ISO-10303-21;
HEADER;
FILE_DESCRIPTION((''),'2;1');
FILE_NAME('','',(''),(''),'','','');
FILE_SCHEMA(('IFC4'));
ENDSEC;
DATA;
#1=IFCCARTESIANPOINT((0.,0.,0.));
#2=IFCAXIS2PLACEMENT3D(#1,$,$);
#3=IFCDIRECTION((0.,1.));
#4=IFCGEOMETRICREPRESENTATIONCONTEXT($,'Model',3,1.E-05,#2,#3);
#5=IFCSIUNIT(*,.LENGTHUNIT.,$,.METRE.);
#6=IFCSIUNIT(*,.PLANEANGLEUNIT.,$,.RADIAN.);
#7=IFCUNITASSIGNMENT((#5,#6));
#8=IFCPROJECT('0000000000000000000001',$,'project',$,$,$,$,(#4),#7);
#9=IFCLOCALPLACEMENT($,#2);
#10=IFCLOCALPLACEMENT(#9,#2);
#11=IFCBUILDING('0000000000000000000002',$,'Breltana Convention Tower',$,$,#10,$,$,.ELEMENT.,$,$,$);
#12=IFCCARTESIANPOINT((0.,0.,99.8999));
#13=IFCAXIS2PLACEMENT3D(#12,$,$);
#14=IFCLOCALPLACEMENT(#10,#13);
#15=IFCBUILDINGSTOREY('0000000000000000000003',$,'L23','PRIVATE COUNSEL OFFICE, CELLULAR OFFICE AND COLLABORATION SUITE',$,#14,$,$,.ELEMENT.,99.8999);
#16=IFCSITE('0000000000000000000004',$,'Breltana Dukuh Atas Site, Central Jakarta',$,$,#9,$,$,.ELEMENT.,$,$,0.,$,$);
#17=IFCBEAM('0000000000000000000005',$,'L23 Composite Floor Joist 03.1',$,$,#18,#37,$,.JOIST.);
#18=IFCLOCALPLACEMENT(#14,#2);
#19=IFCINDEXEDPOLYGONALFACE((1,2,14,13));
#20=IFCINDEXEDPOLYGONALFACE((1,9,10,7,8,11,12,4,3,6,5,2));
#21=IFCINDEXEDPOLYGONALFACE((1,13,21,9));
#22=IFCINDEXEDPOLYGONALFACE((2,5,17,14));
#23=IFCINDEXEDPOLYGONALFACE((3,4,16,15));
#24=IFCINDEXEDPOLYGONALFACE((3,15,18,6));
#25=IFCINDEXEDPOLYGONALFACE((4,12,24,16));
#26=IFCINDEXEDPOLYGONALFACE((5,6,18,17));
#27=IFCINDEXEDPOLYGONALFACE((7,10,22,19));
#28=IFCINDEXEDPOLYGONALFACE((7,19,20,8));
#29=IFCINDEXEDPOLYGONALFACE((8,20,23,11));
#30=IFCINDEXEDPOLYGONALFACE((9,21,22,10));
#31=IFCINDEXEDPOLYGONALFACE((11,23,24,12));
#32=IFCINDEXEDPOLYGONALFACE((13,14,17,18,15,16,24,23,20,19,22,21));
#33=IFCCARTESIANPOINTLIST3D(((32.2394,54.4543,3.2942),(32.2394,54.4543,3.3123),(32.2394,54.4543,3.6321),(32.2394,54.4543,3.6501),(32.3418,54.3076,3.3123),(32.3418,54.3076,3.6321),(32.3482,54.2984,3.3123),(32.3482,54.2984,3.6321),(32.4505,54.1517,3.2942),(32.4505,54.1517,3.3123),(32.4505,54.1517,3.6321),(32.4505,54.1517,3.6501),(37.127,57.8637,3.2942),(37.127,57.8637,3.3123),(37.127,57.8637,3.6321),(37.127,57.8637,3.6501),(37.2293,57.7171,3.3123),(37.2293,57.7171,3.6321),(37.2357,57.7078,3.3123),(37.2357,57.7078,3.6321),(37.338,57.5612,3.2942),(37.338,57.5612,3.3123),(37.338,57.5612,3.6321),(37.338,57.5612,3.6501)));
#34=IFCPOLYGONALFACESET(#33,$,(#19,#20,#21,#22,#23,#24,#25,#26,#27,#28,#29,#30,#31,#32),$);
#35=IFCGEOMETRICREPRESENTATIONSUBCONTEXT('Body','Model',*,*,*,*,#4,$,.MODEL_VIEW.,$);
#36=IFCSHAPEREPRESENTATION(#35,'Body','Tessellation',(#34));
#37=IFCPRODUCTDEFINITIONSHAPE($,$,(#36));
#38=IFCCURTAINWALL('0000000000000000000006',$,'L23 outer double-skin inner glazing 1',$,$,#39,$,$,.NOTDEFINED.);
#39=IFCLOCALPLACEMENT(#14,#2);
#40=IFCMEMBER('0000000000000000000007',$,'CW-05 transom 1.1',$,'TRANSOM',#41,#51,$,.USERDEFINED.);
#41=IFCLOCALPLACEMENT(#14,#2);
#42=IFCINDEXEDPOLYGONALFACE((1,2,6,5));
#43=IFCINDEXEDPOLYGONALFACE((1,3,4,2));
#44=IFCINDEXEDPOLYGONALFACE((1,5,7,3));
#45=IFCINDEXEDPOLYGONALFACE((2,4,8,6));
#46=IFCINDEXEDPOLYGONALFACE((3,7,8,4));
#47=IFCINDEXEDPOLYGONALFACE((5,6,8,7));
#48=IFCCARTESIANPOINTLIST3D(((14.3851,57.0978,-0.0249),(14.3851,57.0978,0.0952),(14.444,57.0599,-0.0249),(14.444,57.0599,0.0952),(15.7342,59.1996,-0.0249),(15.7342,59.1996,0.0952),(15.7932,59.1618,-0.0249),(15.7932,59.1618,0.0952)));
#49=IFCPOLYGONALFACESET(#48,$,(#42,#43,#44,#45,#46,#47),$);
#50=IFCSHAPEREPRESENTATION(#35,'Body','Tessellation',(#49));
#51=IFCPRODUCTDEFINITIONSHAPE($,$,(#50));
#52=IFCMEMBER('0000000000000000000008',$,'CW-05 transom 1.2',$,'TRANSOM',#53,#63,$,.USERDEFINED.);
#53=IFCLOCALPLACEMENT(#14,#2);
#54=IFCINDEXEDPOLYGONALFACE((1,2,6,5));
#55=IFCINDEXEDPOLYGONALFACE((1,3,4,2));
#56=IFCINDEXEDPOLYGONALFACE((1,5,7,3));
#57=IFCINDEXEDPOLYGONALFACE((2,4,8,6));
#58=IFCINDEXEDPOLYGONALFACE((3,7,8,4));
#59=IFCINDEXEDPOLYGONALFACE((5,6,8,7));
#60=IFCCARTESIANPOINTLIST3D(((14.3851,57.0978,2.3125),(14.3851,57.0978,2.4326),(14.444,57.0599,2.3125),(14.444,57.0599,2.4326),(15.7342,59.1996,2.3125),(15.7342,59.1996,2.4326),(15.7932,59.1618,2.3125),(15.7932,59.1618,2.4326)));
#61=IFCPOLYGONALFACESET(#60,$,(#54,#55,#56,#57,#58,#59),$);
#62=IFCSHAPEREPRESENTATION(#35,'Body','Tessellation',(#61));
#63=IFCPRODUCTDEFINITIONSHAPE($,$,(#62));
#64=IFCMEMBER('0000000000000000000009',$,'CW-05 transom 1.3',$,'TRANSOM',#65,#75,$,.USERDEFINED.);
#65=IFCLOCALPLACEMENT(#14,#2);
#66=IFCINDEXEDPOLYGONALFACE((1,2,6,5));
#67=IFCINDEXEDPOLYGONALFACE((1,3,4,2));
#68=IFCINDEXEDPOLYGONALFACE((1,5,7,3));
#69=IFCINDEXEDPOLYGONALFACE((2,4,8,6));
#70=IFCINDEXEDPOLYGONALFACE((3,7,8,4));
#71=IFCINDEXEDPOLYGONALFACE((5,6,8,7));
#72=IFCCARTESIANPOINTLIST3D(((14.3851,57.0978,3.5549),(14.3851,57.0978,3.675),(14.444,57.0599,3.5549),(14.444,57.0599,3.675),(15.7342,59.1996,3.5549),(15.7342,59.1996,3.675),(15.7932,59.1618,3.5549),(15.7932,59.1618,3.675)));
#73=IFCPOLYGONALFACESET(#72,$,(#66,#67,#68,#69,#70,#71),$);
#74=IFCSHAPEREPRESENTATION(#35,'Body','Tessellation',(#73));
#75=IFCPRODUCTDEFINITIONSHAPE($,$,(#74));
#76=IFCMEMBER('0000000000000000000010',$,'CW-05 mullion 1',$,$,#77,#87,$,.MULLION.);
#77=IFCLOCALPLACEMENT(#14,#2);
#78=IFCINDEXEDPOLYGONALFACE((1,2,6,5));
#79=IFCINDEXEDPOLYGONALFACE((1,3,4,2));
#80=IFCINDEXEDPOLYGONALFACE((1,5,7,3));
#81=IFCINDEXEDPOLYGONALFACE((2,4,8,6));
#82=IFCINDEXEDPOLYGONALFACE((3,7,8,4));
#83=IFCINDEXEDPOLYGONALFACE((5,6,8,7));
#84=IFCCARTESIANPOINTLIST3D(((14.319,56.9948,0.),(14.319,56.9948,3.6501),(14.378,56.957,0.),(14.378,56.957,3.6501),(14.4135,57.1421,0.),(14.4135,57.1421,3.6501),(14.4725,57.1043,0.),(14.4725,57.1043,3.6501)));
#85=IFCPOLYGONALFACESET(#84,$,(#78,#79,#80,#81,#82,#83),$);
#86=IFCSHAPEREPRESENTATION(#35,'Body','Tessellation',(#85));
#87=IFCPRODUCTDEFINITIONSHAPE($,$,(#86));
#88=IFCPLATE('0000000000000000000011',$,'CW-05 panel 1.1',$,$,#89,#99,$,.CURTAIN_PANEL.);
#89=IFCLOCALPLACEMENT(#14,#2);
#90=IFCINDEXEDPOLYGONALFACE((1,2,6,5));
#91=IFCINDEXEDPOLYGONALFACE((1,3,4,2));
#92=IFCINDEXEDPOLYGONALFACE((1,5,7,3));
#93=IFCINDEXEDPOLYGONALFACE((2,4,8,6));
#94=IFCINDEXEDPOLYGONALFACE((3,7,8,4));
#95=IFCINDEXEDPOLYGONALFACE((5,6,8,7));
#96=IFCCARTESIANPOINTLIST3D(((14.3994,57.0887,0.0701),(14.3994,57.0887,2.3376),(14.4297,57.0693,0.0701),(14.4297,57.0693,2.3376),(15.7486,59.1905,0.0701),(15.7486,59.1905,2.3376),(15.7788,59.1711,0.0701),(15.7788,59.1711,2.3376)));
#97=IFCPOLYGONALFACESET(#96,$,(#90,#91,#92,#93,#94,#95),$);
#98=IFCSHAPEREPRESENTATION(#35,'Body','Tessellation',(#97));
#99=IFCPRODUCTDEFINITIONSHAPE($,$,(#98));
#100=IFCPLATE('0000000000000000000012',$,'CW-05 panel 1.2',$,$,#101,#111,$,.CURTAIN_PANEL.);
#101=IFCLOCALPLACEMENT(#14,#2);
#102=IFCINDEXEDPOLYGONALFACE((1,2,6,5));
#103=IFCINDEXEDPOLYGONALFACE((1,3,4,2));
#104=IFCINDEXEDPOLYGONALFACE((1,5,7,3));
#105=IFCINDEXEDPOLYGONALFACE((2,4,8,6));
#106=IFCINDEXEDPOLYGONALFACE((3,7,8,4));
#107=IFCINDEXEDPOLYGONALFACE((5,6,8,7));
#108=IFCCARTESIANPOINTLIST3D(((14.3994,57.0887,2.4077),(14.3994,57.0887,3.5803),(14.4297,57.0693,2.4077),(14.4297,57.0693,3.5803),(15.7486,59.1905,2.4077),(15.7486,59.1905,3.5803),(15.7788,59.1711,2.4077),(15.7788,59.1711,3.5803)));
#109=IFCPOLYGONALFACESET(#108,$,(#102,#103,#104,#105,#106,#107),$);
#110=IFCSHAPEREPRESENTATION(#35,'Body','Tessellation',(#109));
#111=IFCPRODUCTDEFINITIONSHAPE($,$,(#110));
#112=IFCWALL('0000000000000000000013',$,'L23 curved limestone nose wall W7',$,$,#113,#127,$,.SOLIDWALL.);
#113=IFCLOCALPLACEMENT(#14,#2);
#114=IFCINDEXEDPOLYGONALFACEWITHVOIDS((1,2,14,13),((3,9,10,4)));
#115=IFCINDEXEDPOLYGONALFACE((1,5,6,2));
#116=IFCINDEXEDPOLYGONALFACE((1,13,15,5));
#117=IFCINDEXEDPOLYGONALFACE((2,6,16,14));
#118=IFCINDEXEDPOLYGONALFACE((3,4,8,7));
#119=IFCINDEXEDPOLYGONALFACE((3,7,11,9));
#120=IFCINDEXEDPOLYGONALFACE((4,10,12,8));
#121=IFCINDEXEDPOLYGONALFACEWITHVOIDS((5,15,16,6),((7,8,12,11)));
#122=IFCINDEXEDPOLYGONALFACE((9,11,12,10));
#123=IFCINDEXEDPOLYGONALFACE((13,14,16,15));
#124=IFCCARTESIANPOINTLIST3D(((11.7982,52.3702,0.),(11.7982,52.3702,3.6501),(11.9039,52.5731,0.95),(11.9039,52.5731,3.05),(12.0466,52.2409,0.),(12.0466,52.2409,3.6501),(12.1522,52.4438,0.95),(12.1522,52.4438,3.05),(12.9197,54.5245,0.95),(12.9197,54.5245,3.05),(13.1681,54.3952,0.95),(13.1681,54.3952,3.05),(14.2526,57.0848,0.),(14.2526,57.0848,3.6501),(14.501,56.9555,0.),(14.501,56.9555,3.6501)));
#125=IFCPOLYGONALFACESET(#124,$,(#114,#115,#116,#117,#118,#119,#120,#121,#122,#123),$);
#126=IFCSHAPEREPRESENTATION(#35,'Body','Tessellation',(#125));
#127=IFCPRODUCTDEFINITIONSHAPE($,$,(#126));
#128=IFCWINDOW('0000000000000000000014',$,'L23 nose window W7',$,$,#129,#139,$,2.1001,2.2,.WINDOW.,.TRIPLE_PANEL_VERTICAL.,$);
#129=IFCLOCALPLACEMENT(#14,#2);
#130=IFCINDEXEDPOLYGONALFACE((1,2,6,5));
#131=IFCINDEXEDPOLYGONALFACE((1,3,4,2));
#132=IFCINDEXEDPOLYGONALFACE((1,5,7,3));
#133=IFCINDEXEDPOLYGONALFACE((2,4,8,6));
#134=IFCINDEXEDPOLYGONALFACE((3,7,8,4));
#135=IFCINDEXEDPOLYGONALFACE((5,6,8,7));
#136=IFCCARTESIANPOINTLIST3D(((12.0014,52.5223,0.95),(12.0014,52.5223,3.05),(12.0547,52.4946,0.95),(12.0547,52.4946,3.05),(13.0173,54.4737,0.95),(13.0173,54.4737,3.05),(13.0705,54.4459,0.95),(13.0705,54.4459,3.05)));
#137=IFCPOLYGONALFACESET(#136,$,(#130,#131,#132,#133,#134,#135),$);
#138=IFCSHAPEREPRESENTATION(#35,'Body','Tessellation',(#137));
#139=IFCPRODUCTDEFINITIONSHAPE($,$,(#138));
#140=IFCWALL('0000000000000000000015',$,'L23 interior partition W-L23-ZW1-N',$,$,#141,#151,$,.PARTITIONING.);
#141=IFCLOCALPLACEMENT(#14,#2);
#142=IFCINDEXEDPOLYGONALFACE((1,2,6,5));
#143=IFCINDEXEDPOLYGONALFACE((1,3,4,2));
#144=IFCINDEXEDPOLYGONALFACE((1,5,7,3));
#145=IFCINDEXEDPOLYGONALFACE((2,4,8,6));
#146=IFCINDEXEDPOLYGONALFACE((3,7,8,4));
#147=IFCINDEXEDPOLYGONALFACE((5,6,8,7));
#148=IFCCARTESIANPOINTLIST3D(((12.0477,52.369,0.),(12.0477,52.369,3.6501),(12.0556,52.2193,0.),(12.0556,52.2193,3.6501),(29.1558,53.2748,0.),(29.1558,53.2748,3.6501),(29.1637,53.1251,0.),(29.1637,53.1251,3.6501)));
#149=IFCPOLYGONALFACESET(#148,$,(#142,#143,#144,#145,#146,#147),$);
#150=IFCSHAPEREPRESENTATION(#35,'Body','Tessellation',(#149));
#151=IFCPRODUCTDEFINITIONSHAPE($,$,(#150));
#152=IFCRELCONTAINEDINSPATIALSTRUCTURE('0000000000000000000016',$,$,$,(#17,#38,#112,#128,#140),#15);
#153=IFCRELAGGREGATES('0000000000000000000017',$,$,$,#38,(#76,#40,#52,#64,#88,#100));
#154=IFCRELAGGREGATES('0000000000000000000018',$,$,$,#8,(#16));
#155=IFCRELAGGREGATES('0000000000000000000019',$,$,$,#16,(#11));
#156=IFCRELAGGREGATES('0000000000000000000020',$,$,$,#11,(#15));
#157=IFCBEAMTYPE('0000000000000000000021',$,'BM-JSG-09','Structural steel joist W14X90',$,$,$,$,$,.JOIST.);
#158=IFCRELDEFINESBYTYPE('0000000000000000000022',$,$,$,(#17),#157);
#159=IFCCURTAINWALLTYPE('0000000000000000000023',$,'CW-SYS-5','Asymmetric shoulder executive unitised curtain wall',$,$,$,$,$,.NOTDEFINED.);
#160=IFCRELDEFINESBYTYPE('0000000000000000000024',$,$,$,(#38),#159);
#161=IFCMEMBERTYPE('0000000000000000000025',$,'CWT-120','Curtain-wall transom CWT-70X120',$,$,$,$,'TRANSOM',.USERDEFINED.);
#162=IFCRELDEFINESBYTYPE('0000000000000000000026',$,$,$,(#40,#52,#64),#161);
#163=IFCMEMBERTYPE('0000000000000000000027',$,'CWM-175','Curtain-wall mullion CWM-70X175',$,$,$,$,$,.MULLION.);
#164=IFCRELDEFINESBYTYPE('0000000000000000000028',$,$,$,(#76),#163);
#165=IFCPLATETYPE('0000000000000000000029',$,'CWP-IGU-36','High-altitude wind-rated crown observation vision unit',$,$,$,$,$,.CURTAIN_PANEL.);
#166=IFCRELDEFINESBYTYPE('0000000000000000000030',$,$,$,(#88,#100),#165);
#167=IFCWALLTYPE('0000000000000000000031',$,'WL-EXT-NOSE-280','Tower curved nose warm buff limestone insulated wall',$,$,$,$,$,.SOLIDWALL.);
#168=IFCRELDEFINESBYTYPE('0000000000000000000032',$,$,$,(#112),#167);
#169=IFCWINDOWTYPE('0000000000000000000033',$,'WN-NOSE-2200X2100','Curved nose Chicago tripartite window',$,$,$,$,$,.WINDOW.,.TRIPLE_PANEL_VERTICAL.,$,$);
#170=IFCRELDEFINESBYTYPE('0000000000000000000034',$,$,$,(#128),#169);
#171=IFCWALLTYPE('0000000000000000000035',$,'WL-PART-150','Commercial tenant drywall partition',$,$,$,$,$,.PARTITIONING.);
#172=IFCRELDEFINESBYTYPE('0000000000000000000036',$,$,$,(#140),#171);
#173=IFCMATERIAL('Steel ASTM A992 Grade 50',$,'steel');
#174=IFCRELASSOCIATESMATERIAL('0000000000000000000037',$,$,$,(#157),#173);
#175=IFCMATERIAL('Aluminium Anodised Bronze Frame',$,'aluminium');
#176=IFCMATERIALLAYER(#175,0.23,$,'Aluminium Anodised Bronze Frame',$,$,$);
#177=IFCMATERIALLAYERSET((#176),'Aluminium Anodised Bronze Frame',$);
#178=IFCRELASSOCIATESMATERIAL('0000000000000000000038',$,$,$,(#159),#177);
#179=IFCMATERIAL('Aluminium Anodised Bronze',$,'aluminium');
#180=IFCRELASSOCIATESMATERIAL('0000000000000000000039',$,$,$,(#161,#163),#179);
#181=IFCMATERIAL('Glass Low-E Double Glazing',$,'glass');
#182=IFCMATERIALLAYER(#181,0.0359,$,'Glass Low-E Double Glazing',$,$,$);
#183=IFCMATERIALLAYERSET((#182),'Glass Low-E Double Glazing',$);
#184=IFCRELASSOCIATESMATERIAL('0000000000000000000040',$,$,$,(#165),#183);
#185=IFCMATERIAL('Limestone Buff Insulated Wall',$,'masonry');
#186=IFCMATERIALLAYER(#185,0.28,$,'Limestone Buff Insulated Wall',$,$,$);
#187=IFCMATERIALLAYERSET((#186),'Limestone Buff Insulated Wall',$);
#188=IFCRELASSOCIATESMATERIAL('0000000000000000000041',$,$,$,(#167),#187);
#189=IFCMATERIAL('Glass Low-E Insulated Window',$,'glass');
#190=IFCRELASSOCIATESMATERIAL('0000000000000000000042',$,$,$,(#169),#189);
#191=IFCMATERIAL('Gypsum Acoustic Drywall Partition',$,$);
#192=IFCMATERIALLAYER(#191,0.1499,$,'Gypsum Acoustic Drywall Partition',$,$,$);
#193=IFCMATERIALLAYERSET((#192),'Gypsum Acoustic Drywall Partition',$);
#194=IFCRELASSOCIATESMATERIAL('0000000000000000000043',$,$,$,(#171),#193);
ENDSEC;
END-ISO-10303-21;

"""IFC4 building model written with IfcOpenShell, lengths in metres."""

from ifc_helpers import new_model, si_unit, direction, frame, frame_2d, origin, origin_2d, place, context, subcontext, project, spatial, rectangle, i_section, extrude, source, transform, mapped, material, layer, layer_set, material_profile, profile_set, type_object, type_shapes, element, fill, aggregate, save


model = new_model("IFC4")

# Units and contexts
model_context = context("Model", 3, precision=1e-05, world=origin(), true_north=direction((0.0, 1.0)))
body_context = subcontext(model_context, "Body", "Model", "MODEL_VIEW")
ifc_project = project(units=[si_unit("LENGTHUNIT", "METRE"), si_unit("PLANEANGLEUNIT", "RADIAN")], contexts=[model_context])

# Site, building, storey
site_placement = place(None, origin())
site = spatial("IfcSite", under=ifc_project, at=site_placement, Name="Breltana Dukuh Atas Site, Central Jakarta", CompositionType="ELEMENT", RefElevation=0.0)
building_placement = place(site_placement, origin())
building = spatial("IfcBuilding", under=site, at=building_placement, Name="Breltana Convention Tower", CompositionType="ELEMENT")
storey_placement = place(building_placement, frame((0.0, 0.0, 99.8999)))
storey = spatial("IfcBuildingStorey", under=building, at=storey_placement, Name="L23", Description="PRIVATE COUNSEL OFFICE, CELLULAR OFFICE AND COLLABORATION SUITE", CompositionType="ELEMENT", Elevation=99.8999)

# Beam
ifc_material_1 = material(Name="Steel ASTM A992 Grade 50", Category="steel")
ifc_material_profile_1 = material_profile(ifc_material_1, i_section(OverallWidth=0.3689, OverallDepth=0.356, WebThickness=0.0112, FlangeThickness=0.0181, at=origin_2d()), Name="W14X90")
ifc_profile_set_1 = profile_set([ifc_material_profile_1], Name="Steel ASTM A992 Grade 50")
beam_type_1 = type_object("IfcBeamType", Name="BM-JSG-09", Description="Structural steel joist W14X90", PredefinedType="JOIST", material=ifc_profile_set_1)
shared_shape_1 = source(origin(), body_context, "Body", "SweptSolid", [
    extrude(i_section(OverallWidth=0.3689, OverallDepth=0.356, WebThickness=0.0112, FlangeThickness=0.0181, at=origin_2d()), origin(), (0.0, 0.0, 1.0), 5.9592),
])
beam_1_placement = place(storey_placement, frame((32.345, 54.303, 3.4722), z_axis=(0.82016, 0.572134, 0.0), x_axis=(-0.572134, 0.82016, 0.0)))
element("IfcBeam", 1, at=beam_1_placement, inside=storey, type_object=beam_type_1, Name="L23 Composite Floor Joist 03.1", PredefinedType="JOIST", context=body_context, shape_type="MappedRepresentation", body=[
    mapped(shared_shape_1, transform((0.0, 0.0, 0.0), scale=1.0)),
])

# Curtain wall, members, plates
ifc_material_2 = material(Name="Aluminium Anodised Bronze Frame", Category="aluminium")
ifc_layer_1 = layer(ifc_material_2, 0.23, Name="Aluminium Anodised Bronze Frame")
ifc_layer_set_1 = layer_set([ifc_layer_1], Name="Aluminium Anodised Bronze Frame")
curtain_wall_type = type_object("IfcCurtainWallType", Name="CW-SYS-5", Description="Asymmetric shoulder executive unitised curtain wall", PredefinedType="NOTDEFINED", material=ifc_layer_set_1)
curtain_wall_placement = place(storey_placement, origin())
curtain_wall = element("IfcCurtainWall", 2, at=curtain_wall_placement, inside=storey, type_object=curtain_wall_type, Name="L23 outer double-skin inner glazing 1", PredefinedType="NOTDEFINED")
ifc_material_3 = material(Name="Aluminium Anodised Bronze", Category="aluminium")
ifc_material_profile_2 = material_profile(ifc_material_3, rectangle(XDim=0.0701, YDim=0.1201, at=origin_2d()), Name="CWT-70X120")
ifc_profile_set_2 = profile_set([ifc_material_profile_2], Name="Aluminium Anodised Bronze")
member_type_1 = type_object("IfcMemberType", Name="CWT-120", Description="Curtain-wall transom CWT-70X120", ElementType="TRANSOM", PredefinedType="USERDEFINED", material=ifc_profile_set_2)
shared_shape_2 = source(origin(), body_context, "Body", "SweptSolid", [
    extrude(rectangle(XDim=0.0701, YDim=0.1201, at=origin_2d()), origin(), (0.0, 0.0, 1.0), 2.4976),
])
member_1_placement = place(storey_placement, frame((14.4146, 57.0789, 0.0352), z_axis=(0.540179, 0.84155, 0.0), x_axis=(-0.84155, 0.540179, 0.0)))
member_1 = element("IfcMember", 3, at=member_1_placement, type_object=member_type_1, Name="CW-05 transom 1.1", ObjectType="TRANSOM", PredefinedType="USERDEFINED", context=body_context, shape_type="MappedRepresentation", body=[
    mapped(shared_shape_2, transform((0.0, 0.0, 0.0), scale=1.0)),
])
member_2_placement = place(storey_placement, frame((14.4146, 57.0789, 2.3726), z_axis=(0.540179, 0.84155, 0.0), x_axis=(-0.84155, 0.540179, 0.0)))
member_2 = element("IfcMember", 4, at=member_2_placement, type_object=member_type_1, Name="CW-05 transom 1.2", ObjectType="TRANSOM", PredefinedType="USERDEFINED", context=body_context, shape_type="MappedRepresentation", body=[
    mapped(shared_shape_2, transform((0.0, 0.0, 0.0), scale=1.0)),
])
member_3_placement = place(storey_placement, frame((14.4146, 57.0789, 3.615), z_axis=(0.540179, 0.84155, 0.0), x_axis=(-0.84155, 0.540179, 0.0)))
member_3 = element("IfcMember", 5, at=member_3_placement, type_object=member_type_1, Name="CW-05 transom 1.3", ObjectType="TRANSOM", PredefinedType="USERDEFINED", context=body_context, shape_type="MappedRepresentation", body=[
    mapped(shared_shape_2, transform((0.0, 0.0, 0.0), scale=1.0)),
])
ifc_material_profile_3 = material_profile(ifc_material_3, rectangle(XDim=0.0701, YDim=0.175, at=origin_2d()), Name="CWM-70X175")
ifc_profile_set_3 = profile_set([ifc_material_profile_3], Name="Aluminium Anodised Bronze")
member_type_2 = type_object("IfcMemberType", Name="CWM-175", Description="Curtain-wall mullion CWM-70X175", PredefinedType="MULLION", material=ifc_profile_set_3)
shared_shape_3 = source(origin(), body_context, "Body", "SweptSolid", [
    extrude(rectangle(XDim=0.0701, YDim=0.175, at=origin_2d()), origin(), (0.0, 0.0, 1.0), 3.6501),
])
member_4_placement = place(storey_placement, frame((14.3958, 57.0496, 0.0), z_axis=(0.0, 0.0, 1.0), x_axis=(-0.841552, 0.540177, 0.0)))
member_4 = element("IfcMember", 6, at=member_4_placement, type_object=member_type_2, Name="CW-05 mullion 1", PredefinedType="MULLION", context=body_context, shape_type="MappedRepresentation", body=[
    mapped(shared_shape_3, transform((0.0, 0.0, 0.0), scale=1.0)),
])
ifc_material_4 = material(Name="Glass Low-E Double Glazing", Category="glass")
ifc_layer_2 = layer(ifc_material_4, 0.0359, Name="Glass Low-E Double Glazing")
ifc_layer_set_2 = layer_set([ifc_layer_2], Name="Glass Low-E Double Glazing")
plate_type = type_object("IfcPlateType", Name="CWP-IGU-36", Description="High-altitude wind-rated crown observation vision unit", PredefinedType="CURTAIN_PANEL", material=ifc_layer_set_2)
shared_shape_4 = source(origin(), body_context, "Body", "SweptSolid", [
    extrude(rectangle(XDim=2.4976, YDim=0.0359, at=origin_2d()), origin(), (0.0, 0.0, 1.0), 2.2676),
])
plate_1_placement = place(storey_placement, frame((15.0891, 58.1299, 0.0701), z_axis=(0.0, 0.0, 1.0), x_axis=(0.540177, 0.841552, 0.0)))
plate_1 = element("IfcPlate", 7, at=plate_1_placement, type_object=plate_type, Name="CW-05 panel 1.1", PredefinedType="CURTAIN_PANEL", context=body_context, shape_type="MappedRepresentation", body=[
    mapped(shared_shape_4, transform((0.0, 0.0, 0.0), scale=1.0)),
])
shared_shape_5 = source(origin(), body_context, "Body", "SweptSolid", [
    extrude(rectangle(XDim=2.4976, YDim=0.0359, at=origin_2d()), origin(), (0.0, 0.0, 1.0), 1.1726),
])
plate_2_placement = place(storey_placement, frame((15.0891, 58.1299, 2.4077), z_axis=(0.0, 0.0, 1.0), x_axis=(0.540177, 0.841552, 0.0)))
plate_2 = element("IfcPlate", 8, at=plate_2_placement, type_object=plate_type, Name="CW-05 panel 1.2", PredefinedType="CURTAIN_PANEL", context=body_context, shape_type="MappedRepresentation", body=[
    mapped(shared_shape_5, transform((0.0, 0.0, 0.0), scale=1.0)),
])
aggregate(curtain_wall, [member_4, member_1, member_2, member_3, plate_1, plate_2])

# Wall, opening, window
ifc_material_5 = material(Name="Limestone Buff Insulated Wall", Category="masonry")
ifc_layer_3 = layer(ifc_material_5, 0.28, Name="Limestone Buff Insulated Wall")
ifc_layer_set_3 = layer_set([ifc_layer_3], Name="Limestone Buff Insulated Wall")
wall_type_1 = type_object("IfcWallType", Name="WL-EXT-NOSE-280", Description="Tower curved nose warm buff limestone insulated wall", PredefinedType="SOLIDWALL", material=ifc_layer_set_3)
shared_shape_6 = source(origin(), body_context, "Body", "SweptSolid", [
    extrude(rectangle(XDim=5.3152, YDim=0.28, at=frame_2d((2.6577, 0.0))), origin(), (0.0, 0.0, 1.0), 3.6501),
])
wall_1_placement = place(storey_placement, frame((11.9224, 52.3054, 0.0), z_axis=(0.0, 0.0, 1.0), x_axis=(0.461761, 0.887005, 0.0)))
wall_1 = element("IfcWall", 9, at=wall_1_placement, inside=storey, type_object=wall_type_1, Name="L23 curved limestone nose wall W7", PredefinedType="SOLIDWALL", context=body_context, shape_type="MappedRepresentation", body=[
    mapped(shared_shape_6, transform((0.0, 0.0, 0.0), scale=1.0)),
])
opening_1_placement = place(wall_1_placement, frame((0.2288, 0.0, 0.95)))
opening_1 = element("IfcOpeningElement", 10, at=opening_1_placement, cuts=wall_1, PredefinedType="OPENING", context=body_context, shape_type="SweptSolid", body=[
    extrude(rectangle(XDim=2.2, YDim=2.1001, at=frame_2d((1.1001, 1.05))), frame((0.0, 0.1499, 0.0), z_axis=(0.0, -1.0, 0.0), x_axis=(1.0, 0.0, 0.0)), (0.0, 0.0, 1.0), 0.3),
])
ifc_material_6 = material(Name="Glass Low-E Insulated Window", Category="glass")
window_type = type_object("IfcWindowType", Name="WN-NOSE-2200X2100", Description="Curved nose Chicago tripartite window", PartitioningType="TRIPLE_PANEL_VERTICAL", PredefinedType="WINDOW", material=ifc_material_6)
shared_shape_7 = source(origin(), body_context, "Body", "SweptSolid", [
    extrude(rectangle(XDim=2.2, YDim=2.1001, at=frame_2d((1.1001, 1.05))), frame((0.0, 0.03, 0.0), z_axis=(0.0, -1.0, 0.0), x_axis=(1.0, 0.0, 0.0)), (0.0, 0.0, 1.0), 0.0601),
])
type_shapes(window_type, [shared_shape_7])
window_placement = place(opening_1_placement, origin())
window = element("IfcWindow", 11, at=window_placement, inside=storey, type_object=window_type, Name="L23 nose window W7", OverallHeight=2.1001, OverallWidth=2.2, PartitioningType="TRIPLE_PANEL_VERTICAL", PredefinedType="WINDOW", context=body_context, shape_type="MappedRepresentation", body=[
    mapped(shared_shape_7, transform((0.0, 0.0, 0.0), scale=1.0)),
])
fill(opening_1, window)

# Wall
ifc_material_7 = material(Name="Gypsum Acoustic Drywall Partition")
ifc_layer_4 = layer(ifc_material_7, 0.1499, Name="Gypsum Acoustic Drywall Partition")
ifc_layer_set_4 = layer_set([ifc_layer_4], Name="Gypsum Acoustic Drywall Partition")
wall_type_2 = type_object("IfcWallType", Name="WL-PART-150", Description="Commercial tenant drywall partition", PredefinedType="PARTITIONING", material=ifc_layer_set_4)
shared_shape_8 = source(origin(), body_context, "Body", "SweptSolid", [
    extrude(rectangle(XDim=17.1321, YDim=0.1499, at=frame_2d((8.5659, 0.0))), origin(), (0.0, 0.0, 1.0), 3.6501),
])
wall_2_placement = place(storey_placement, frame((12.0518, 52.2942, 0.0), z_axis=(0.0, 0.0, 1.0), x_axis=(0.998601, 0.052869, 0.0)))
element("IfcWall", 12, at=wall_2_placement, inside=storey, type_object=wall_type_2, Name="L23 interior partition W-L23-ZW1-N", PredefinedType="PARTITIONING", context=body_context, shape_type="MappedRepresentation", body=[
    mapped(shared_shape_8, transform((0.0, 0.0, 0.0), scale=1.0)),
])

save(model, "model.ifc")
